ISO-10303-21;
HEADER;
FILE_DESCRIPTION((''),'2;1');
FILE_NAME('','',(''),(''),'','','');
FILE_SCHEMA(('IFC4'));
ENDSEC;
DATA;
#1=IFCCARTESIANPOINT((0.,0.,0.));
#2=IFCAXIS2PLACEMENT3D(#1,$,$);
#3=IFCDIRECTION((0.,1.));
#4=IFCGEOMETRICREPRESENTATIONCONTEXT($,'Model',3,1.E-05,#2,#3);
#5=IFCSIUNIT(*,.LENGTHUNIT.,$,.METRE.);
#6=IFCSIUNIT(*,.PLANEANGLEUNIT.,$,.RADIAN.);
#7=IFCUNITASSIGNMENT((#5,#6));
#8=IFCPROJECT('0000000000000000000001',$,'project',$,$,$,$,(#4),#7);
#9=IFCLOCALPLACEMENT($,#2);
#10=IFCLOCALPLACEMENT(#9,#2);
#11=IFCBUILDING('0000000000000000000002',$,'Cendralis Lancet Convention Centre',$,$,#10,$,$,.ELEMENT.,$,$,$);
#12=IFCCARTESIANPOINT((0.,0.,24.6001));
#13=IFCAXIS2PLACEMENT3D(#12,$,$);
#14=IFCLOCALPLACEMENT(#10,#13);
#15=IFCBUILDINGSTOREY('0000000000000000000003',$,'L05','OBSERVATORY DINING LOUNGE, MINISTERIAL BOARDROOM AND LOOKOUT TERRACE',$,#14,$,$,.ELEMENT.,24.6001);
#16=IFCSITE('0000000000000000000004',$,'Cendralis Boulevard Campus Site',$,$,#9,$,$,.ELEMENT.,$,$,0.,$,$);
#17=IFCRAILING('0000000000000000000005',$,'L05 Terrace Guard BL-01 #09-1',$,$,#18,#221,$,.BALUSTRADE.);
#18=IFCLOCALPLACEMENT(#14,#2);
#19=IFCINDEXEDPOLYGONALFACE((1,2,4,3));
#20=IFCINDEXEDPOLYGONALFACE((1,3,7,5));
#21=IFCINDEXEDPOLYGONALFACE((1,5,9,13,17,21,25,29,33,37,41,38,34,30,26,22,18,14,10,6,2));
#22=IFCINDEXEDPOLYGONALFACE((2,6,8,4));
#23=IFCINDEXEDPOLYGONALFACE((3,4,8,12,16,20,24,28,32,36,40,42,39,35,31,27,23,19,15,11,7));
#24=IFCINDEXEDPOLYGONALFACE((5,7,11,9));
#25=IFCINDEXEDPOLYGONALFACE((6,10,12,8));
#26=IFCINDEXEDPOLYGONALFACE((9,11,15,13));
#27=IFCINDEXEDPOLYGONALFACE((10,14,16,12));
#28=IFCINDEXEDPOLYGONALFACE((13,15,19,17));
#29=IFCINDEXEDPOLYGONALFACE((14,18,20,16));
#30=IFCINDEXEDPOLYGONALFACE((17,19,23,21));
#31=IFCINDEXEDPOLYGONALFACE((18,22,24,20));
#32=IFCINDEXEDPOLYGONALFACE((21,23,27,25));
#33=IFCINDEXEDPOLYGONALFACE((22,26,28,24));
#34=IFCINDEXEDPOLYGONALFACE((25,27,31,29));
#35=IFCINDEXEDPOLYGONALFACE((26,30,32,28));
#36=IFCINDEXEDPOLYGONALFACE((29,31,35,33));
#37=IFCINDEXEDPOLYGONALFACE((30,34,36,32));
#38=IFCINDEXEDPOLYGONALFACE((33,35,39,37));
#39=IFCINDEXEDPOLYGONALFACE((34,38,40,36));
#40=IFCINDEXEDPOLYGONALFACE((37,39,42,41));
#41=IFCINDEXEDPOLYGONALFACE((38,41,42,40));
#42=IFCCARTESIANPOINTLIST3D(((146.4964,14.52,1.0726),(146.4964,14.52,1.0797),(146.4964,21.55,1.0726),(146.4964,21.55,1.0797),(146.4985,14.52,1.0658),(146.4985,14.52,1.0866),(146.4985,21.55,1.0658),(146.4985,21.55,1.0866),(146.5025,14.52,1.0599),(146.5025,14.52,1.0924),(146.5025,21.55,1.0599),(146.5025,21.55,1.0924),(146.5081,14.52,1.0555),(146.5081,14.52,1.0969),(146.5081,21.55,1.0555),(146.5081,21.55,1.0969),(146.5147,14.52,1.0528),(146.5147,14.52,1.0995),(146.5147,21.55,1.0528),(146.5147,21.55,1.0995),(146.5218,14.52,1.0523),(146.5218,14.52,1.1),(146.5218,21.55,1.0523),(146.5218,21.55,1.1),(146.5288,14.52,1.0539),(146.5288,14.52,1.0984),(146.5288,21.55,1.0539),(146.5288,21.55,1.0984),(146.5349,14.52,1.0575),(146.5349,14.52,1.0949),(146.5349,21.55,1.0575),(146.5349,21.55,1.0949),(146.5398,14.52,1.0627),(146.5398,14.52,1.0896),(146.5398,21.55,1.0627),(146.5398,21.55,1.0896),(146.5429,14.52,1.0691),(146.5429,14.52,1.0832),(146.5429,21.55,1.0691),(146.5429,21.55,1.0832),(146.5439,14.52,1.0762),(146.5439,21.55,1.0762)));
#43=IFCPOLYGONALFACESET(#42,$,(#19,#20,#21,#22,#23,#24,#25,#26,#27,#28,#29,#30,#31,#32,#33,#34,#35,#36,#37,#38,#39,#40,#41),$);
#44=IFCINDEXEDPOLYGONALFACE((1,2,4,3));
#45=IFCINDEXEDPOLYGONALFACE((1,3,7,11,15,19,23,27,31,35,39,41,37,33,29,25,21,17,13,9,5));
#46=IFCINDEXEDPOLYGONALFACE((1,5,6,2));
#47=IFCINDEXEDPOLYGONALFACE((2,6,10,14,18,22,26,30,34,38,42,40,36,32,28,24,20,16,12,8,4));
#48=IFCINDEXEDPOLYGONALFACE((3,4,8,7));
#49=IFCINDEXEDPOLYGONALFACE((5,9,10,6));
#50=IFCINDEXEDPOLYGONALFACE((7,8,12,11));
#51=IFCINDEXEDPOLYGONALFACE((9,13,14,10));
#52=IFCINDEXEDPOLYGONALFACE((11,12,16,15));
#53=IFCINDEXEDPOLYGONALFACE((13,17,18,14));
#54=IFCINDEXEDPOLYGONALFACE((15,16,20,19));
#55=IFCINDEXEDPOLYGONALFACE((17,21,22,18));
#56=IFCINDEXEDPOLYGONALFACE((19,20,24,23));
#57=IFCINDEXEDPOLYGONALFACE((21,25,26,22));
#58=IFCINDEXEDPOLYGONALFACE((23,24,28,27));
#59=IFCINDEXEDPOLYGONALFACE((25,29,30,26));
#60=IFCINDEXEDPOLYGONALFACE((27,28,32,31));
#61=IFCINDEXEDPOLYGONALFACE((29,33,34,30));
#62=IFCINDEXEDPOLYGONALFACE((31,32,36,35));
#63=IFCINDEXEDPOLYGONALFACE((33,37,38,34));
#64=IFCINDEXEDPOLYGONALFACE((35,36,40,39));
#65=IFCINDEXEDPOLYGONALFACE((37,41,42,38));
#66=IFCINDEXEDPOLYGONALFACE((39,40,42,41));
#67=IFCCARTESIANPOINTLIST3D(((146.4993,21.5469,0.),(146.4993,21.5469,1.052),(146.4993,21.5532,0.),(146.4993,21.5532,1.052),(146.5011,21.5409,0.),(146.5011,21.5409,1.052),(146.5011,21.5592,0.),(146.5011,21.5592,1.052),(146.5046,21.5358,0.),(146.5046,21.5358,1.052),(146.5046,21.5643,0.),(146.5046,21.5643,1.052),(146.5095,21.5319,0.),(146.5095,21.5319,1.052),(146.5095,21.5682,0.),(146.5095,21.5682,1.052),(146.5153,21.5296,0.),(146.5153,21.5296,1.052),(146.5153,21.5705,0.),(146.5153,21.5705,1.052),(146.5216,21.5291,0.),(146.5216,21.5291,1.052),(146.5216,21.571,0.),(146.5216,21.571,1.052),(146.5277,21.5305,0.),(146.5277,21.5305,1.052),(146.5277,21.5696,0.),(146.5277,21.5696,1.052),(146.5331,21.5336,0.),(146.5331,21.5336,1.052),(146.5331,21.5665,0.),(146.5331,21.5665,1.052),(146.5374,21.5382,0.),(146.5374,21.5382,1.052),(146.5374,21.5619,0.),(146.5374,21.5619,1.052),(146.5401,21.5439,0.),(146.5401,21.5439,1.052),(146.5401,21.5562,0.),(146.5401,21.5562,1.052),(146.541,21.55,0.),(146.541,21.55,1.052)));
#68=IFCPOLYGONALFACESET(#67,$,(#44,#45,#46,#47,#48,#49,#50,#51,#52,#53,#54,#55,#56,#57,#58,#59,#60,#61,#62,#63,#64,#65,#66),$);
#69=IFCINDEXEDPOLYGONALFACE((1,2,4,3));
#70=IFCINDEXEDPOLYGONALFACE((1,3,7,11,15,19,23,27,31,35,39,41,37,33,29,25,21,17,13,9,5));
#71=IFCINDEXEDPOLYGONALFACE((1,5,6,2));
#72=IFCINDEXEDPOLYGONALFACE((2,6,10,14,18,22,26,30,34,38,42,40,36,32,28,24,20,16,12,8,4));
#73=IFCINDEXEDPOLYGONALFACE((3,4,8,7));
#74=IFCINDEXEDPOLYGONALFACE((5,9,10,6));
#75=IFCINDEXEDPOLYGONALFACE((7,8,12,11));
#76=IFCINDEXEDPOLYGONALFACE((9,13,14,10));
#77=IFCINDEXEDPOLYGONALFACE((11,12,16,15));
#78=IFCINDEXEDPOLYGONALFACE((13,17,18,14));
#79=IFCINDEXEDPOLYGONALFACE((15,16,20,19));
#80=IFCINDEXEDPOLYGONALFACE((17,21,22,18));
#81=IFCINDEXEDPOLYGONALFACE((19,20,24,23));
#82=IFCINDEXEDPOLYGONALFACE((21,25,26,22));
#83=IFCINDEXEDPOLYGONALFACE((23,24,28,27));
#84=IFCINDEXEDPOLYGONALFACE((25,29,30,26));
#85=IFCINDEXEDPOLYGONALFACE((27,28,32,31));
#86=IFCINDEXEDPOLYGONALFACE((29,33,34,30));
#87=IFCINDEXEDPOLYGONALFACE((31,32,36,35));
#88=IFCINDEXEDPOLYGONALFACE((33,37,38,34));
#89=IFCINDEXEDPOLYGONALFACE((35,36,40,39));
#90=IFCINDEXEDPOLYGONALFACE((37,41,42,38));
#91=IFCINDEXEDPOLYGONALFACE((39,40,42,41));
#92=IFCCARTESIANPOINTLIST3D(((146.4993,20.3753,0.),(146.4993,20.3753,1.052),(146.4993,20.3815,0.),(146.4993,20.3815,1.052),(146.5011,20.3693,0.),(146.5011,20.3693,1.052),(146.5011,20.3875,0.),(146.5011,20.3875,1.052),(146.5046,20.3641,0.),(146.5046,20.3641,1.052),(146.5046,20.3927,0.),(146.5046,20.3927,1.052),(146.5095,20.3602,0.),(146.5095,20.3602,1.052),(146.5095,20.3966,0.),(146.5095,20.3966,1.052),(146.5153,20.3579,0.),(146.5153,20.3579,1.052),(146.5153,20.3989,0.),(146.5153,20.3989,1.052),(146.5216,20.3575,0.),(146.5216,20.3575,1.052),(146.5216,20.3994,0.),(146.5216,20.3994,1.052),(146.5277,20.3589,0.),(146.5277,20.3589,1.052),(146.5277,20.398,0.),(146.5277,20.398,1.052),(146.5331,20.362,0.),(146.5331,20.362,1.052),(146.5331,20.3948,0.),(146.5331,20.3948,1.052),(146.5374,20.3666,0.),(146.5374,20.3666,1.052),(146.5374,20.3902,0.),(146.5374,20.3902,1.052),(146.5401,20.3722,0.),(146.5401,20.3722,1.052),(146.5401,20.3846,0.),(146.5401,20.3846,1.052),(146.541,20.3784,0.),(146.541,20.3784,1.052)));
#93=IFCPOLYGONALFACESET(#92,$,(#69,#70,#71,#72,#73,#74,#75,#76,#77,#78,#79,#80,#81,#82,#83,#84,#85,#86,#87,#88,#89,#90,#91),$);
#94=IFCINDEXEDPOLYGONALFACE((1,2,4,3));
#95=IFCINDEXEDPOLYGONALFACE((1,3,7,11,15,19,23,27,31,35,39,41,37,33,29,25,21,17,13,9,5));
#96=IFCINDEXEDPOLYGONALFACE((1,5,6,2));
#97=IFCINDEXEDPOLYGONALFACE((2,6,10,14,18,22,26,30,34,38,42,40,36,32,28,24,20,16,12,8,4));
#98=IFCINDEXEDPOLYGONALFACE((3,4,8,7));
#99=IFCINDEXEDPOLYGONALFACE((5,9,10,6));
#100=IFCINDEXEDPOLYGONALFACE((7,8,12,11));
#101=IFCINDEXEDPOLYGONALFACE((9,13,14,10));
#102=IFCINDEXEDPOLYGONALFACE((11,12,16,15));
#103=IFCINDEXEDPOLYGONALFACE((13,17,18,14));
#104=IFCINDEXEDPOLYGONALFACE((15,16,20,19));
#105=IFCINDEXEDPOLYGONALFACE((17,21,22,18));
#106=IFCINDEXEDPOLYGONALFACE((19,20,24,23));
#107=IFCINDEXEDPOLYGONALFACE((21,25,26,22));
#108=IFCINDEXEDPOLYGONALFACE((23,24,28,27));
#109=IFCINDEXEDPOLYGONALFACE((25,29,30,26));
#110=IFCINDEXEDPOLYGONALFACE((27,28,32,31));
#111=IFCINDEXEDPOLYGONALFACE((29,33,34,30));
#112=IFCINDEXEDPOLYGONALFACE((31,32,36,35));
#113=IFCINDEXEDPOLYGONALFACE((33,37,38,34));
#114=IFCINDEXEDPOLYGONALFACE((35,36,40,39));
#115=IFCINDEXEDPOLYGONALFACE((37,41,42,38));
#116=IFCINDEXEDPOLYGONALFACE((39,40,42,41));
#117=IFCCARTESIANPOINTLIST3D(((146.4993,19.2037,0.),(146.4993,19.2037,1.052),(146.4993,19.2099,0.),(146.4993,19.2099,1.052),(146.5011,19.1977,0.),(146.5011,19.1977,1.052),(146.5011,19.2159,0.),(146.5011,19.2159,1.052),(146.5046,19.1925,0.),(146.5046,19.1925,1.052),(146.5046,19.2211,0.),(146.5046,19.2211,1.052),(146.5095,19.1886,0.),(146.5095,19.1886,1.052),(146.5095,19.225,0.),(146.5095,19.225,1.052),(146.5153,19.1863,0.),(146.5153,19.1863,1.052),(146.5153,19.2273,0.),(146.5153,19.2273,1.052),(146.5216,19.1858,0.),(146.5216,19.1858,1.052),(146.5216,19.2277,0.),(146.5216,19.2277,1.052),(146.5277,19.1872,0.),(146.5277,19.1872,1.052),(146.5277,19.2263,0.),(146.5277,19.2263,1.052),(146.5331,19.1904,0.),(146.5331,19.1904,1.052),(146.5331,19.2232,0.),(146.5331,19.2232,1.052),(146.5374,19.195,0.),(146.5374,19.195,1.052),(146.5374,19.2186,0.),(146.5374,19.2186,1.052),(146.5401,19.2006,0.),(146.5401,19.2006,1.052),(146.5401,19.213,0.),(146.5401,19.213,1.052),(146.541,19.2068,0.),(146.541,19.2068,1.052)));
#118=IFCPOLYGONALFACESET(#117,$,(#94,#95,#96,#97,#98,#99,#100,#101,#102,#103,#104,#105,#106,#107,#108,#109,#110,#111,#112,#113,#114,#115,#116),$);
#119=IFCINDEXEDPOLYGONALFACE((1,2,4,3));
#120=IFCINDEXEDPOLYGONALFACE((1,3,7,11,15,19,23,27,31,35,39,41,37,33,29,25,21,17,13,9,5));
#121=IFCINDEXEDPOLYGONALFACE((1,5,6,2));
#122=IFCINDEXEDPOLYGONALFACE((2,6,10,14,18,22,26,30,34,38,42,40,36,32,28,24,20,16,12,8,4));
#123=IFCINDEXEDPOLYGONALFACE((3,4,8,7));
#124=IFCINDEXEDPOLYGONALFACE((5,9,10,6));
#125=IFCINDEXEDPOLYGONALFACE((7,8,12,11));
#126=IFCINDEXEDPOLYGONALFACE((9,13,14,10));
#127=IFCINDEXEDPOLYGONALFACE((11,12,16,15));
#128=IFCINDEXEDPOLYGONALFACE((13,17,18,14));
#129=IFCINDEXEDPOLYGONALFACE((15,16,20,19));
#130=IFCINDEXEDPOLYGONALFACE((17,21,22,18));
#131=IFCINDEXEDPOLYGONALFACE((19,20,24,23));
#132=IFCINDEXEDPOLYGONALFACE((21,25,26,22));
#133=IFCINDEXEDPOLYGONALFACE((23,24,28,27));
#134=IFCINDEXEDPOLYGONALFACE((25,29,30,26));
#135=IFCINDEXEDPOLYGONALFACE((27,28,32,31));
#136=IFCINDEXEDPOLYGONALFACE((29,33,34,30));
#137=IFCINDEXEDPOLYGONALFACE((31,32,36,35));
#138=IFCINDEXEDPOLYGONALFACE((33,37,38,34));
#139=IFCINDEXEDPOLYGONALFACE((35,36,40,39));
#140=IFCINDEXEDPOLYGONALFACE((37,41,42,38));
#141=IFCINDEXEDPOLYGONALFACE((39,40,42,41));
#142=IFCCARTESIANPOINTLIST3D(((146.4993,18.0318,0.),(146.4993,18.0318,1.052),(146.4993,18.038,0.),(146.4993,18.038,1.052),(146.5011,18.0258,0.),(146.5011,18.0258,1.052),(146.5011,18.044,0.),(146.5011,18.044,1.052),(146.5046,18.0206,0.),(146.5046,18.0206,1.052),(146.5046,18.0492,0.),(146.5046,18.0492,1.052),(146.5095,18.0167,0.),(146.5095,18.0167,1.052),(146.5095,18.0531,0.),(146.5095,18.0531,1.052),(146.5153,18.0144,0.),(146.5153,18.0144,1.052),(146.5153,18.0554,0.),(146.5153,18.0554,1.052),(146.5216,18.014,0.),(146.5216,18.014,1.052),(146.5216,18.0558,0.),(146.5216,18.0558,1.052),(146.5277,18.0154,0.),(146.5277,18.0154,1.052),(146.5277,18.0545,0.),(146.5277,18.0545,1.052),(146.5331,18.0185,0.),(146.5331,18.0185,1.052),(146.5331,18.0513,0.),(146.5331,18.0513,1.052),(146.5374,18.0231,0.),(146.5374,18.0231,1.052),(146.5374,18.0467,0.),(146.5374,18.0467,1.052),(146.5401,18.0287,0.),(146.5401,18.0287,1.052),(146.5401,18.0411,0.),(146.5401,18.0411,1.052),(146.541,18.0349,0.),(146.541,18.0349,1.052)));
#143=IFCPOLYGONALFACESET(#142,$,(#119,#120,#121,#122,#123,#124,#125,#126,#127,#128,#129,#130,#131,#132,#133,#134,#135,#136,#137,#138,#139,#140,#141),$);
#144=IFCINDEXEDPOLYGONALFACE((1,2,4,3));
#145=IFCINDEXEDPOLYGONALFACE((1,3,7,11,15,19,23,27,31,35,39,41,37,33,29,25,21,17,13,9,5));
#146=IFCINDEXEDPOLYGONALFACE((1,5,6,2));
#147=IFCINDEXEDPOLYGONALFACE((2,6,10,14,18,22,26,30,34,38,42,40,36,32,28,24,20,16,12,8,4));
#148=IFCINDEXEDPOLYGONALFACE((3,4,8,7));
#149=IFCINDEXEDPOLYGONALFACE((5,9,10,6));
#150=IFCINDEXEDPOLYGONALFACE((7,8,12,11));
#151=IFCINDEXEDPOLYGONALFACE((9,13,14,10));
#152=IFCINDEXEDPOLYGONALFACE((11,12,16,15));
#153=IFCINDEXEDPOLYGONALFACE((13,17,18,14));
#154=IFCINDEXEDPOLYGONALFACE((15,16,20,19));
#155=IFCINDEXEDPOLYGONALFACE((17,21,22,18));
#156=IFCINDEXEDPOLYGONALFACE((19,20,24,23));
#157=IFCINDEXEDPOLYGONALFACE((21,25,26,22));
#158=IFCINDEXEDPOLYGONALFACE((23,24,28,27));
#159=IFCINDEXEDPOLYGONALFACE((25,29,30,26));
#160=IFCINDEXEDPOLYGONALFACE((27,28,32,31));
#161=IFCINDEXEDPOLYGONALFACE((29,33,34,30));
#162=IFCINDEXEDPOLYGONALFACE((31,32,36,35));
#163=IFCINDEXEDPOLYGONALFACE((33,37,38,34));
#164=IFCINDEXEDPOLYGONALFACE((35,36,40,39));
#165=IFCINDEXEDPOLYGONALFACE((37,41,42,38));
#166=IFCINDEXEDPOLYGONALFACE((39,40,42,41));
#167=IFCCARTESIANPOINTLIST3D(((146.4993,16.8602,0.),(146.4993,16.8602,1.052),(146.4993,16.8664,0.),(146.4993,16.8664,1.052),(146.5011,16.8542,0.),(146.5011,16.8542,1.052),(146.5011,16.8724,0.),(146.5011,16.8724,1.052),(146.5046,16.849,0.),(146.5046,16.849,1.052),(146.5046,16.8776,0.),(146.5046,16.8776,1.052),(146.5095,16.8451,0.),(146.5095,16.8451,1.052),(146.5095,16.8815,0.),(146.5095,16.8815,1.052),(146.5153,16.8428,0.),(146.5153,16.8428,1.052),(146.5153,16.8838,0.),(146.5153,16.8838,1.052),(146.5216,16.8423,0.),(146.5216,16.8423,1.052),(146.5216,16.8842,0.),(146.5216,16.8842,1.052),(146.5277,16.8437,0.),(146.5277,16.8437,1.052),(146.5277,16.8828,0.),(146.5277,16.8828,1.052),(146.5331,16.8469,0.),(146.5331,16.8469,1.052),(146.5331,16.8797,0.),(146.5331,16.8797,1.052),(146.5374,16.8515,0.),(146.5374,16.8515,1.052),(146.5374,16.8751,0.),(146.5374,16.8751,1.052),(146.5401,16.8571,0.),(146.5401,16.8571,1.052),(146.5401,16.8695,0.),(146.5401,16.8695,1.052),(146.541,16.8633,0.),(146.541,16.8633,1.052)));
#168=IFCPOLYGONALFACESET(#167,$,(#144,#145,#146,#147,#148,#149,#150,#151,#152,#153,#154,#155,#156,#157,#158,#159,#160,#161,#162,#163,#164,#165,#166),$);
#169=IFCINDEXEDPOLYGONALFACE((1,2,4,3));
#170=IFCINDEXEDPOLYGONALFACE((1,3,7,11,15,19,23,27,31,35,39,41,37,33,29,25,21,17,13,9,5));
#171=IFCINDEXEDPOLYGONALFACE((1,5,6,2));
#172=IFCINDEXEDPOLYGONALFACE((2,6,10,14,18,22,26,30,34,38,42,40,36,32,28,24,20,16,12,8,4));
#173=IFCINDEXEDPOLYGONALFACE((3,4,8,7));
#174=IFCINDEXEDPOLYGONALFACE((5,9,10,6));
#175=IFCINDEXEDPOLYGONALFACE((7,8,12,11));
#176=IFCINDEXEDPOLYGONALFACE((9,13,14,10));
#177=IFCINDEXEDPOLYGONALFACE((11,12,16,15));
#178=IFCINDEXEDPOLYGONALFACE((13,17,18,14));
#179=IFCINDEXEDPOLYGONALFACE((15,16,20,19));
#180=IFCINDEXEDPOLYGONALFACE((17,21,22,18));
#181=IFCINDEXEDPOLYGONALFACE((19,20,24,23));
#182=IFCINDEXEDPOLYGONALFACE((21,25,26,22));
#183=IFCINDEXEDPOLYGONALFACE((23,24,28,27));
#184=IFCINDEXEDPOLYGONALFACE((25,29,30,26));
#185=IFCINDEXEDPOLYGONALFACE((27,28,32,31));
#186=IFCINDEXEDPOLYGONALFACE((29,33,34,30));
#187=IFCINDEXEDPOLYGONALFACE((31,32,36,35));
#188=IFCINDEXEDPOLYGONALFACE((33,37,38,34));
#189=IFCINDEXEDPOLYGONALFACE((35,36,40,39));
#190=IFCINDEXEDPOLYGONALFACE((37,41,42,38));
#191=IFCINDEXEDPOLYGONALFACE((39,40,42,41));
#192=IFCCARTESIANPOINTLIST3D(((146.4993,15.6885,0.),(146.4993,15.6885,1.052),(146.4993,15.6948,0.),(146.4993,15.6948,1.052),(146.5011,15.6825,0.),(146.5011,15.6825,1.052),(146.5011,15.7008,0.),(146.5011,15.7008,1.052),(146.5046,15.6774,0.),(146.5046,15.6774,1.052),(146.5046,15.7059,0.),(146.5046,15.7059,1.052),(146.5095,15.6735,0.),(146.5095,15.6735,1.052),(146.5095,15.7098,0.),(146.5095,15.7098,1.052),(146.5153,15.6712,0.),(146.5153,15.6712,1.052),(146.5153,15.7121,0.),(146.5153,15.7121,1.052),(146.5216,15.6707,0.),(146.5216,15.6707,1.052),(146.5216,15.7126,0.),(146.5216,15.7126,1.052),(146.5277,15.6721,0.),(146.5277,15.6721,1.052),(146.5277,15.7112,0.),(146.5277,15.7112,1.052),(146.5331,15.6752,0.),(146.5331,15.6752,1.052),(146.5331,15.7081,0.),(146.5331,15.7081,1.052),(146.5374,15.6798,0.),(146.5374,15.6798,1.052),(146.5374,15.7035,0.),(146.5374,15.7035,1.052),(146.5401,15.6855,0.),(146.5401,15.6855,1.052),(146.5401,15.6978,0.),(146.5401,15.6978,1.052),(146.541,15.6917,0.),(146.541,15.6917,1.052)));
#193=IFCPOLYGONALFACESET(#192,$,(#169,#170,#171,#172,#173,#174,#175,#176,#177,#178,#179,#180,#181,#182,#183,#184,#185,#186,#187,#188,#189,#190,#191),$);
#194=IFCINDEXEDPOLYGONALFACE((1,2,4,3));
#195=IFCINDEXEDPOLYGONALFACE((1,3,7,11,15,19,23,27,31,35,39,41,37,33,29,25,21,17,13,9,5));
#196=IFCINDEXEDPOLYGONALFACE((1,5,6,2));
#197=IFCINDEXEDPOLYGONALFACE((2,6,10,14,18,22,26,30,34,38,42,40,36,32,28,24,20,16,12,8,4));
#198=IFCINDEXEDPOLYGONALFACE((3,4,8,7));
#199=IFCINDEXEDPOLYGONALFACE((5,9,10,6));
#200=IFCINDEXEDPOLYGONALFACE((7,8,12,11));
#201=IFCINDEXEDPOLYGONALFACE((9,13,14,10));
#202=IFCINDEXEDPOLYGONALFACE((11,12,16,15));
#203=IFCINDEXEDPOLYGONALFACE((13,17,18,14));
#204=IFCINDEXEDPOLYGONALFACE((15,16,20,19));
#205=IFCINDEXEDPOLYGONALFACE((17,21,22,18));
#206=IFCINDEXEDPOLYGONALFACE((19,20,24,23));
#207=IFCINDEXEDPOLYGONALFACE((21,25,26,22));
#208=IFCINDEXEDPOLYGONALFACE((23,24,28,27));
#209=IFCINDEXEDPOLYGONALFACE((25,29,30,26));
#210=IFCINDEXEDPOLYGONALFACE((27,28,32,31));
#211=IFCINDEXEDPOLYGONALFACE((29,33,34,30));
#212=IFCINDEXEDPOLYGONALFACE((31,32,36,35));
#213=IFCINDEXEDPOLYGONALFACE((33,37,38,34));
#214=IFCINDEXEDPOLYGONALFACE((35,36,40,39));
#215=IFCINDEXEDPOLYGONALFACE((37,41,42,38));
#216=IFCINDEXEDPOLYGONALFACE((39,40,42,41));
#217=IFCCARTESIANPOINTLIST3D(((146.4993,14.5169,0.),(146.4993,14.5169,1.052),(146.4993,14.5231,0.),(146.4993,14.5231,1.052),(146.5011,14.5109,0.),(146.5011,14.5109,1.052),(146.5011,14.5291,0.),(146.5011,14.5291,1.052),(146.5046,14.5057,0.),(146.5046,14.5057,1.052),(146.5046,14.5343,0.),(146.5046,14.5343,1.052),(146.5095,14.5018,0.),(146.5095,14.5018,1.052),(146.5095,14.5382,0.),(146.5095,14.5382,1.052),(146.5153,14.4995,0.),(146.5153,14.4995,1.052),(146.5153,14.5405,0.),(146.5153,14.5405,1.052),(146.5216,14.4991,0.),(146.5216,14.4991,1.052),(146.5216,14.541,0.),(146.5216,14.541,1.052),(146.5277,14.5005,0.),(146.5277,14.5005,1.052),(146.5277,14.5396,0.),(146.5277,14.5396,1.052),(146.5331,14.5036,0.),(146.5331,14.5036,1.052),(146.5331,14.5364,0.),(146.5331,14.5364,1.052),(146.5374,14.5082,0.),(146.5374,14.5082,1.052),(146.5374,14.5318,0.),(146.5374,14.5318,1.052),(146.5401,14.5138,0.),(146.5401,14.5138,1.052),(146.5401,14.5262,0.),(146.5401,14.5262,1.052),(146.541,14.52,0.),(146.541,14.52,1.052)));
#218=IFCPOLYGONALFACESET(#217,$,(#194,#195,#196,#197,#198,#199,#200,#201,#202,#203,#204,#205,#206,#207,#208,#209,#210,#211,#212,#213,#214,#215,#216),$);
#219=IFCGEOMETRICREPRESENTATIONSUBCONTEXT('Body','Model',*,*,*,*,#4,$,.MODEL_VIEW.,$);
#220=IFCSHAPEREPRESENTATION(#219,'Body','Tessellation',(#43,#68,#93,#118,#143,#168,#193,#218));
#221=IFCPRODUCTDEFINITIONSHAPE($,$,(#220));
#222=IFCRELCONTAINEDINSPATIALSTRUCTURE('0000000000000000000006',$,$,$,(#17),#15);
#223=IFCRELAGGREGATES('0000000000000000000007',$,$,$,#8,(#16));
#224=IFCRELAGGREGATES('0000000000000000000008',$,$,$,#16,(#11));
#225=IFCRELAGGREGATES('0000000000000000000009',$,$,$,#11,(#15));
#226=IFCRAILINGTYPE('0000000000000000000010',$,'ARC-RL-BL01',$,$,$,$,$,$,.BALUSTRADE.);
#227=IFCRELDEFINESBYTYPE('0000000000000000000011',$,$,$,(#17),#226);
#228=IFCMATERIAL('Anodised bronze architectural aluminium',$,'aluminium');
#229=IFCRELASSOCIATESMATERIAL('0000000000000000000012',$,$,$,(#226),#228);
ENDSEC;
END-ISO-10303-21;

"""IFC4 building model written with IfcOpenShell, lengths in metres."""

from ifc_helpers import new_model, si_unit, direction, frame, origin, origin_2d, place, context, subcontext, project, spatial, circle, extrude, material, type_object, element, save


model = new_model("IFC4")

# Units and contexts
model_context = context("Model", 3, precision=1e-05, world=origin(), true_north=direction((0.0, 1.0)))
body_context = subcontext(model_context, "Body", "Model", "MODEL_VIEW")
ifc_project = project(units=[si_unit("LENGTHUNIT", "METRE"), si_unit("PLANEANGLEUNIT", "RADIAN")], contexts=[model_context])

# Site, building, storey
site_placement = place(None, origin())
site = spatial("IfcSite", under=ifc_project, at=site_placement, Name="Cendralis Boulevard Campus Site", CompositionType="ELEMENT", RefElevation=0.0)
building_placement = place(site_placement, origin())
building = spatial("IfcBuilding", under=site, at=building_placement, Name="Cendralis Lancet Convention Centre", CompositionType="ELEMENT")
storey_placement = place(building_placement, frame((0.0, 0.0, 24.6001)))
storey = spatial("IfcBuildingStorey", under=building, at=storey_placement, Name="L05", Description="OBSERVATORY DINING LOUNGE, MINISTERIAL BOARDROOM AND LOOKOUT TERRACE", CompositionType="ELEMENT", Elevation=24.6001)

# Railing
ifc_material_1 = material(Name="Anodised bronze architectural aluminium", Category="aluminium")
railing_type = type_object("IfcRailingType", Name="ARC-RL-BL01", PredefinedType="BALUSTRADE", material=ifc_material_1)
railing_1_placement = place(storey_placement, frame((146.52, 21.55, 0.0)))
element("IfcRailing", 1, at=railing_1_placement, inside=storey, type_object=railing_type, Name="L05 Terrace Guard BL-01 #09-1", PredefinedType="BALUSTRADE", context=body_context, shape_type="SweptSolid", body=[
    extrude(circle(Radius=0.0239, at=origin_2d()), frame((0.0, 0.0, 1.0762), z_axis=(0.0, -1.0, 0.0), x_axis=(1.0, 0.0, 0.0)), (0.0, 0.0, 1.0), 7.03),
    extrude(circle(Radius=0.021, at=origin_2d()), origin(), (0.0, 0.0, 1.0), 1.052),
    extrude(circle(Radius=0.021, at=origin_2d()), frame((0.0, -1.1716, 0.0)), (0.0, 0.0, 1.0), 1.052),
    extrude(circle(Radius=0.021, at=origin_2d()), frame((0.0, -2.3433, 0.0)), (0.0, 0.0, 1.0), 1.052),
    extrude(circle(Radius=0.021, at=origin_2d()), frame((0.0, -3.5151, 0.0)), (0.0, 0.0, 1.0), 1.052),
    extrude(circle(Radius=0.021, at=origin_2d()), frame((0.0, -4.6868, 0.0)), (0.0, 0.0, 1.0), 1.052),
    extrude(circle(Radius=0.021, at=origin_2d()), frame((0.0, -5.8584, 0.0)), (0.0, 0.0, 1.0), 1.052),
    extrude(circle(Radius=0.021, at=origin_2d()), frame((0.0, -7.03, 0.0)), (0.0, 0.0, 1.0), 1.052),
])

save(model, "model.ifc")
